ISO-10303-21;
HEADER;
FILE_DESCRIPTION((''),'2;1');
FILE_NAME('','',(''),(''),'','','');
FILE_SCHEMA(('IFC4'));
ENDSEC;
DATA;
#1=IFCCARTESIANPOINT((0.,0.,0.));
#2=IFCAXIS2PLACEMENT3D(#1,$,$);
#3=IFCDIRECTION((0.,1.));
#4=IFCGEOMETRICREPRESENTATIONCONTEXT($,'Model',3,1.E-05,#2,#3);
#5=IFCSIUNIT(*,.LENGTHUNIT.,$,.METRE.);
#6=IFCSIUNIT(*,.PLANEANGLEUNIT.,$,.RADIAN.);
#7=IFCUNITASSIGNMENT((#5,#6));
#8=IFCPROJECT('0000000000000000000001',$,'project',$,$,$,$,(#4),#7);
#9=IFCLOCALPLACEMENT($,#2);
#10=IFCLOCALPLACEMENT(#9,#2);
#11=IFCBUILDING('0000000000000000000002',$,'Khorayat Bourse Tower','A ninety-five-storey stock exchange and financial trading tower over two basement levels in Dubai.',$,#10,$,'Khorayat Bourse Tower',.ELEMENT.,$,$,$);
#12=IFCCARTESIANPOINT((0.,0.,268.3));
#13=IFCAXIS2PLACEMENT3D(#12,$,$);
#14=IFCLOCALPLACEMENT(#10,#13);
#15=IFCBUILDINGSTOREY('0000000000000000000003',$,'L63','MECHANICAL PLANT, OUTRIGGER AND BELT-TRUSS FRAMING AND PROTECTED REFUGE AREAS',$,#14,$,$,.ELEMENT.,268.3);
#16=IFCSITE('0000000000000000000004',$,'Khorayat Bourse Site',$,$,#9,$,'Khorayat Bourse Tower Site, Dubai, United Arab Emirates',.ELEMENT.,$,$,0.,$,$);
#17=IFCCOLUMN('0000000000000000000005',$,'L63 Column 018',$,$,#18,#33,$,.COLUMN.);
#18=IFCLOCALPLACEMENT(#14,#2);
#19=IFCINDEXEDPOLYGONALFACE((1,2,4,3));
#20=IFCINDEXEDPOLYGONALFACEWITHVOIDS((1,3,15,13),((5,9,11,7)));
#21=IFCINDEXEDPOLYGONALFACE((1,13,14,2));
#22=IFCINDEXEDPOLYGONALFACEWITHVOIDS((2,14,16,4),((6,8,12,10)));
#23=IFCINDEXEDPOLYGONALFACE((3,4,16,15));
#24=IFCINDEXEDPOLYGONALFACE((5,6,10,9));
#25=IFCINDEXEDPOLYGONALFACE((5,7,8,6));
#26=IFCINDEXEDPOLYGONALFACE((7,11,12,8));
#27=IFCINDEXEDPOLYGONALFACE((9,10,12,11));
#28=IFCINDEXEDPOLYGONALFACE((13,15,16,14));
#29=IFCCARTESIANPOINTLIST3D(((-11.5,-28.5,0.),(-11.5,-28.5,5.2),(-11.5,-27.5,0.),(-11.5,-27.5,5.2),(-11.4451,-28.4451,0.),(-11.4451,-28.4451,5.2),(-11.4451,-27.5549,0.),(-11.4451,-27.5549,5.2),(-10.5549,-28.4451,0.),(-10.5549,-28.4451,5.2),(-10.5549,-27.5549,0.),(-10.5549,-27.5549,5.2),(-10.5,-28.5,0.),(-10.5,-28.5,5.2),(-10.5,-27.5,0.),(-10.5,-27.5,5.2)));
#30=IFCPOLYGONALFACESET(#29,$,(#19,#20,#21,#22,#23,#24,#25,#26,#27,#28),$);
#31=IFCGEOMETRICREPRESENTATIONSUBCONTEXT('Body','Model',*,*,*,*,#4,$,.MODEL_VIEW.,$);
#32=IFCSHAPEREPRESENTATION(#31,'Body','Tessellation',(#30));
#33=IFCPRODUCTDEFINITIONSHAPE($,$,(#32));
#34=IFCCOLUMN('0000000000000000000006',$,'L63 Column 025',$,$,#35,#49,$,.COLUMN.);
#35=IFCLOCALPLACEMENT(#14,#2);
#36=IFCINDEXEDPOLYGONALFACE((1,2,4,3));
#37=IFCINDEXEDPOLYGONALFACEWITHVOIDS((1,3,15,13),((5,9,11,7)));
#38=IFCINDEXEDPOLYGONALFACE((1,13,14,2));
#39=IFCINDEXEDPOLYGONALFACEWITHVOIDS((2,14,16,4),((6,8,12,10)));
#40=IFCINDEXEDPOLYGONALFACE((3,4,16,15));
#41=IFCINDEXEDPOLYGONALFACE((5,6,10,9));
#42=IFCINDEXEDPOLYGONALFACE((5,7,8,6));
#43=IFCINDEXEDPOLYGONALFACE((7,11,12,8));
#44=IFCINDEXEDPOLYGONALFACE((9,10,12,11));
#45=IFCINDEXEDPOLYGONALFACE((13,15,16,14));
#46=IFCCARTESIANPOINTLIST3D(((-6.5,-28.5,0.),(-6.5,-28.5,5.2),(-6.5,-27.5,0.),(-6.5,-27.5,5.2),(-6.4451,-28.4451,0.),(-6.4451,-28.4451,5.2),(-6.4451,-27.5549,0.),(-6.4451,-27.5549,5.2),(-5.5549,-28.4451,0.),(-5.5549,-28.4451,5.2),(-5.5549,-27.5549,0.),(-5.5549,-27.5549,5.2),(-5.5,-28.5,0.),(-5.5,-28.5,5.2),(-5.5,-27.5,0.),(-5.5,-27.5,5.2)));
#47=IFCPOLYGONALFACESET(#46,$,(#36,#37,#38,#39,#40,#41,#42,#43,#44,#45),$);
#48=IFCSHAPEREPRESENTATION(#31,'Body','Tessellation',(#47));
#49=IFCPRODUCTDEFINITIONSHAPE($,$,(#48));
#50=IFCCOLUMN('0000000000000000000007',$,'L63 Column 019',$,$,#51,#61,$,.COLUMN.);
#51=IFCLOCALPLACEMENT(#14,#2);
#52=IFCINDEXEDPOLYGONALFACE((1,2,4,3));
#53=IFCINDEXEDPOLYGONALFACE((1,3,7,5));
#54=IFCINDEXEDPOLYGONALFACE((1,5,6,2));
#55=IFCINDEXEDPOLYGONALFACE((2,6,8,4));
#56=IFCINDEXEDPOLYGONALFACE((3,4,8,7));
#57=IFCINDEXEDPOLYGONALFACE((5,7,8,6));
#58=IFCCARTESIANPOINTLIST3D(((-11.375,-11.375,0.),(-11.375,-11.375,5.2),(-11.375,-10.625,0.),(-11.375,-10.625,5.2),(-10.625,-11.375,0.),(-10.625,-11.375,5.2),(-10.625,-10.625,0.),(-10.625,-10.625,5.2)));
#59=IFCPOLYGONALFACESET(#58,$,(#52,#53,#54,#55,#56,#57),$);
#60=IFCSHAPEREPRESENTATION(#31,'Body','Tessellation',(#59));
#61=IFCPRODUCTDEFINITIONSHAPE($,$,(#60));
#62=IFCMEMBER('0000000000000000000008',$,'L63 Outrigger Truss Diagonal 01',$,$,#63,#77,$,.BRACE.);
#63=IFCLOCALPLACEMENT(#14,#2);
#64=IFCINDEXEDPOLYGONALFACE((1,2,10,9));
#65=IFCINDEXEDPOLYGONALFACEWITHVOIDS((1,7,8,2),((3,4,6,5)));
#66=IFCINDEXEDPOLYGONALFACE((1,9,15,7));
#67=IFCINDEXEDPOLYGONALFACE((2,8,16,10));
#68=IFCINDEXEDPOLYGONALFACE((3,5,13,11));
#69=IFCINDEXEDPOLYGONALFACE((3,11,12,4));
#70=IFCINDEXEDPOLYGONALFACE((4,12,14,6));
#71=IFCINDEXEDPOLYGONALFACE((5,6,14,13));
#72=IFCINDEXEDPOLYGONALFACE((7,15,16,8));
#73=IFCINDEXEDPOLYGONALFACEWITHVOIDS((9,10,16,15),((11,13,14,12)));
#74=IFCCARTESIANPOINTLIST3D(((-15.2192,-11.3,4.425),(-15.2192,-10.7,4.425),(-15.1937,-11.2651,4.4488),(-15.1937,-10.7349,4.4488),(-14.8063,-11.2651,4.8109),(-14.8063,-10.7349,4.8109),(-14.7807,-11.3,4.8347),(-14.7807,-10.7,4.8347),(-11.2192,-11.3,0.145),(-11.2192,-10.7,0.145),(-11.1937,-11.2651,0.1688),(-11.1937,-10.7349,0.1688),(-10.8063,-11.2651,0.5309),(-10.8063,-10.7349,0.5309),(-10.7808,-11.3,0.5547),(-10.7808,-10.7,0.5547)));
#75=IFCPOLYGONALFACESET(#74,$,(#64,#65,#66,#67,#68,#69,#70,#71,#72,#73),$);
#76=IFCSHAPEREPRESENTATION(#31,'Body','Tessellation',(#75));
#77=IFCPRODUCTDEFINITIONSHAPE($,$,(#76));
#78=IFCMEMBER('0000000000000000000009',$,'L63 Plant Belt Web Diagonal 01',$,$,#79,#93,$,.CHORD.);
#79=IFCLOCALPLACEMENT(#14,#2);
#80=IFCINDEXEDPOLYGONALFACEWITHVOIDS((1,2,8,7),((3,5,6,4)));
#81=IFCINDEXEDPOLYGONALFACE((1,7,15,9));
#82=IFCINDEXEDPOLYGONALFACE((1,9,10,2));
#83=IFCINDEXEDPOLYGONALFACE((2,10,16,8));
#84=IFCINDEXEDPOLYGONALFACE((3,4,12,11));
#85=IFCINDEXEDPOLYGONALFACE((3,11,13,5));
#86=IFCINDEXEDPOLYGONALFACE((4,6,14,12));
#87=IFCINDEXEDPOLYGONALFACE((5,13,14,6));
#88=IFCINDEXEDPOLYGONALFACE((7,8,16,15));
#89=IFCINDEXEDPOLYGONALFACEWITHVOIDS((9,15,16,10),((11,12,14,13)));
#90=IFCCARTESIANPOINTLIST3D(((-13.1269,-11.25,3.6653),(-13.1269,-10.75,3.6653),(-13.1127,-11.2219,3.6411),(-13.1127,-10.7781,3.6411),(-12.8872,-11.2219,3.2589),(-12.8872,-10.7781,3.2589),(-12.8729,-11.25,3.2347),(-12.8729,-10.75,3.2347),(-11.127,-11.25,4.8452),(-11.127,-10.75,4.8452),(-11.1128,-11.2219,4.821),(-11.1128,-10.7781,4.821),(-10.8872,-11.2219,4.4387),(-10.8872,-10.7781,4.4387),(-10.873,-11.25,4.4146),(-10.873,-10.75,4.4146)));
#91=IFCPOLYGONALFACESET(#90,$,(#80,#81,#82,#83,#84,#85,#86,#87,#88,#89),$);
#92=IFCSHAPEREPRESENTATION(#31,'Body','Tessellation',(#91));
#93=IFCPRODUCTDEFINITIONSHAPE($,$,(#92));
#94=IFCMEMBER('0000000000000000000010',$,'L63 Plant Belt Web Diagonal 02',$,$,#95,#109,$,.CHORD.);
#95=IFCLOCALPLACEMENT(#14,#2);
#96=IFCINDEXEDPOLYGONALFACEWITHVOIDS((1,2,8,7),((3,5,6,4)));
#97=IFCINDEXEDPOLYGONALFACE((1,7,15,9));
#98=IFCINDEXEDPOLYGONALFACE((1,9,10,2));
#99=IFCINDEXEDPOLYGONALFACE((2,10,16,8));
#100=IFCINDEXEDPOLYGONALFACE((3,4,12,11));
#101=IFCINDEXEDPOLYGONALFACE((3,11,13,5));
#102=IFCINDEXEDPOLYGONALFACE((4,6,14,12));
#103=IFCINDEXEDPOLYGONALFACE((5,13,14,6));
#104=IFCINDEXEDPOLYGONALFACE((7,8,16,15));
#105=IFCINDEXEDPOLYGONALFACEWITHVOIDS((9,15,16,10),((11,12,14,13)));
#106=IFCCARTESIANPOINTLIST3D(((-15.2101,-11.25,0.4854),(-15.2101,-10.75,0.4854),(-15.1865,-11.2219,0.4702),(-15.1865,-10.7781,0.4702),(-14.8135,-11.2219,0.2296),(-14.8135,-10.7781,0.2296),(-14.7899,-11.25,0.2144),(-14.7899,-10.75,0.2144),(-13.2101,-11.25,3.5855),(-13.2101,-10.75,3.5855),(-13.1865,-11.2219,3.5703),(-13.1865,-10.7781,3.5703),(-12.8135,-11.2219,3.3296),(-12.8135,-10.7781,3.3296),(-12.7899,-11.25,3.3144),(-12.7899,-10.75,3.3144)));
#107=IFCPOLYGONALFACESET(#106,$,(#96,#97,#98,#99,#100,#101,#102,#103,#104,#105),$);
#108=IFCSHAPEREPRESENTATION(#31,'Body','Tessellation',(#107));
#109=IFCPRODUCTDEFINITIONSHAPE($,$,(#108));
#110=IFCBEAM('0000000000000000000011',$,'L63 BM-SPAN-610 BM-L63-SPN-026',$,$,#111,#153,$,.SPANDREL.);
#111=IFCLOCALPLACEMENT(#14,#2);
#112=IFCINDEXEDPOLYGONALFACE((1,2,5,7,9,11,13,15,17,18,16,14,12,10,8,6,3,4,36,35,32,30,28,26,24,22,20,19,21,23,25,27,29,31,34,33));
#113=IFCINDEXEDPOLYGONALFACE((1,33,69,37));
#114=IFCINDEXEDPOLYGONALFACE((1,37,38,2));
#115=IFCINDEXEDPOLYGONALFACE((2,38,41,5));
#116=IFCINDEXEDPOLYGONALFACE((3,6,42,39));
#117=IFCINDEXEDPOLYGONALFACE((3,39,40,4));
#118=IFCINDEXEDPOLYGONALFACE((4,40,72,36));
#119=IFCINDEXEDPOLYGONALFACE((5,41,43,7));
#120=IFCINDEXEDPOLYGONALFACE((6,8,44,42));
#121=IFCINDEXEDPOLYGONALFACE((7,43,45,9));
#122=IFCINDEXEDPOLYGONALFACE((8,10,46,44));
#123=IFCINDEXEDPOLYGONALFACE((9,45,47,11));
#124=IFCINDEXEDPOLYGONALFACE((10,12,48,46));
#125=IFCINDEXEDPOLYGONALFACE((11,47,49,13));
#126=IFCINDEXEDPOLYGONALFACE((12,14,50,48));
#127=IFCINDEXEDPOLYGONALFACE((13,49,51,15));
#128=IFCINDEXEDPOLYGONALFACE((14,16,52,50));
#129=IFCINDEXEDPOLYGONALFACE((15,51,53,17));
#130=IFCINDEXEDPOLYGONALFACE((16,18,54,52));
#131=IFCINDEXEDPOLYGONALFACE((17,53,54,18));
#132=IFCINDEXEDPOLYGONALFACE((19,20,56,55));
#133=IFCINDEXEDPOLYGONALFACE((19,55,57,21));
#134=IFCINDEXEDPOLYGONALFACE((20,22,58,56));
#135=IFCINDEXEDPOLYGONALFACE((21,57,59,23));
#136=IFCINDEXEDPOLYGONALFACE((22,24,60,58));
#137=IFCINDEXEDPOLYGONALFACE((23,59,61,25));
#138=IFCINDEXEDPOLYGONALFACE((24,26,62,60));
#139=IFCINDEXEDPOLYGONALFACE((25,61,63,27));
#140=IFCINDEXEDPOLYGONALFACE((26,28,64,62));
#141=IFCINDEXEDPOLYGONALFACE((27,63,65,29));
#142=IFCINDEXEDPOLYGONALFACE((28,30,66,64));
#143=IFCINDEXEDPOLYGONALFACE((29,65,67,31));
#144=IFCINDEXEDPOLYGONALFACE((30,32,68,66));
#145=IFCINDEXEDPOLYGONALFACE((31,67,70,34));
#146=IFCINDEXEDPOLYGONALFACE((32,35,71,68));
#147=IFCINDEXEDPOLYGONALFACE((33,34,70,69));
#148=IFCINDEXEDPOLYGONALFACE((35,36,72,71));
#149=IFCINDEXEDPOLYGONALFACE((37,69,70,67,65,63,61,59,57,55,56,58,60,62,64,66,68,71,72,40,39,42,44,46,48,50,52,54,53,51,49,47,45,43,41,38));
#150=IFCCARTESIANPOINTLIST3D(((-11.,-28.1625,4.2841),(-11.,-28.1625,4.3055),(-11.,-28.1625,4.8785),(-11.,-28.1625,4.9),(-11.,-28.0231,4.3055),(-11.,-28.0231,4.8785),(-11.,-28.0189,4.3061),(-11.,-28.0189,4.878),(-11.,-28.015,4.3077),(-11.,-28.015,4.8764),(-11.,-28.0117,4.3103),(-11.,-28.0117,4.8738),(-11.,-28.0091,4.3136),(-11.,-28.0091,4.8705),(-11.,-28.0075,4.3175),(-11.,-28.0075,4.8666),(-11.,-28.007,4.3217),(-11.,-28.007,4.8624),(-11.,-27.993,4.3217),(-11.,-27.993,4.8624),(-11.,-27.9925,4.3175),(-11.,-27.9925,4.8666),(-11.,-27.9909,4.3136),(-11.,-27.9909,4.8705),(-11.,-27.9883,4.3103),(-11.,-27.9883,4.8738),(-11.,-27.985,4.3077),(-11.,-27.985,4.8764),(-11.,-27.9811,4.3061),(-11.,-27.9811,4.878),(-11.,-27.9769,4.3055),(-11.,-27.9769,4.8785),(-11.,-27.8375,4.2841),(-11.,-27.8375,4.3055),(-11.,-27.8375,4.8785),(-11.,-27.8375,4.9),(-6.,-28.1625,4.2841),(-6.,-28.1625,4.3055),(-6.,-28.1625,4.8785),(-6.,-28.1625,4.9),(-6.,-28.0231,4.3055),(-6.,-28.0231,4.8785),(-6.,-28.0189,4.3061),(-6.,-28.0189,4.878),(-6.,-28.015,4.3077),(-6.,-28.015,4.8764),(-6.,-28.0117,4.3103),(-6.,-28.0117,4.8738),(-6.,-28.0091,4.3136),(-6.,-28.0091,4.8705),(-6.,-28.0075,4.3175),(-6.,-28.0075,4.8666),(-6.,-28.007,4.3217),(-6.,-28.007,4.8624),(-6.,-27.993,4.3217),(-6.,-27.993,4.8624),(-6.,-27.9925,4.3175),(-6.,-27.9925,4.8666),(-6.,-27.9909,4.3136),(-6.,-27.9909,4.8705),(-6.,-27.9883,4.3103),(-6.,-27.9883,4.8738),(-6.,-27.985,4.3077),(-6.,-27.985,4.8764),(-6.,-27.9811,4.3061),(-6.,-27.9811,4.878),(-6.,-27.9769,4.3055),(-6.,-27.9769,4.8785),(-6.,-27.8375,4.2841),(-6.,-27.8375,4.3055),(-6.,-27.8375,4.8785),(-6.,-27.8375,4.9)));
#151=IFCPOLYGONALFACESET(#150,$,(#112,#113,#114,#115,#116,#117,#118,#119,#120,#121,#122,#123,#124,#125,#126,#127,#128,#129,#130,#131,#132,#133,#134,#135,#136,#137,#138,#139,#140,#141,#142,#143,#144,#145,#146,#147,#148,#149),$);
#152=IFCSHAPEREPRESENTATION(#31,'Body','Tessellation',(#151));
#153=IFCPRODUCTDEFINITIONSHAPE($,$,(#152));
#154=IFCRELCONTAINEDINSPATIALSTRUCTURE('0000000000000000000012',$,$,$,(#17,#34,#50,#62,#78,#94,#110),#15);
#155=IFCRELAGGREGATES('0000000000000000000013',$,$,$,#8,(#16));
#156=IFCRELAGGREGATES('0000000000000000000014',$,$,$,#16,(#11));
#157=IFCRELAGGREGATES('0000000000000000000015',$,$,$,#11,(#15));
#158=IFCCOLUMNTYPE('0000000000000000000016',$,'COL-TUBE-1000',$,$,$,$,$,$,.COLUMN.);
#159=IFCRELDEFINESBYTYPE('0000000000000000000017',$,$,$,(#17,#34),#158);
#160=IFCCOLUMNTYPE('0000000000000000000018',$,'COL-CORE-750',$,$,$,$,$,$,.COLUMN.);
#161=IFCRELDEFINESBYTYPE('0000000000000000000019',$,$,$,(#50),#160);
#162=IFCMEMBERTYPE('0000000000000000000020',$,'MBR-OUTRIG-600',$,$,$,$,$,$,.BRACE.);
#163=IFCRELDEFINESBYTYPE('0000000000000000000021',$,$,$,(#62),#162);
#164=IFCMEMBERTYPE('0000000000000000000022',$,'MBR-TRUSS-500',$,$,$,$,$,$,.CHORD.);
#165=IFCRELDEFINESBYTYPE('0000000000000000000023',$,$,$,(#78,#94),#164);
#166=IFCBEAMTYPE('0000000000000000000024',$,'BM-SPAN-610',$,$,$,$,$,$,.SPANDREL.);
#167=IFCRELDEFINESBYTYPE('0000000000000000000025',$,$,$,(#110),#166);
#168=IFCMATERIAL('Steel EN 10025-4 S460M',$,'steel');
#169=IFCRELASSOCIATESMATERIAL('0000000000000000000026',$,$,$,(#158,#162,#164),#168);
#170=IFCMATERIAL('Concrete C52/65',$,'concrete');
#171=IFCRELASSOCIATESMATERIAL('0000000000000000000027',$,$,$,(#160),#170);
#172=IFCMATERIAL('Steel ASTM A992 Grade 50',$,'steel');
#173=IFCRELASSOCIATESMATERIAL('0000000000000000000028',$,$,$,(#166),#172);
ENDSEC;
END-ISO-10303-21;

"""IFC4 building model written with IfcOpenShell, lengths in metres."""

from ifc_helpers import new_model, si_unit, direction, frame, origin, origin_2d, place, context, subcontext, project, spatial, rectangle, hollow_rectangle, i_section, extrude, source, transform, mapped, material, material_profile, profile_set, type_object, element, save


model = new_model("IFC4")

# Units and contexts
model_context = context("Model", 3, precision=1e-05, world=origin(), true_north=direction((0.0, 1.0)))
body_context = subcontext(model_context, "Body", "Model", "MODEL_VIEW")
ifc_project = project(units=[si_unit("LENGTHUNIT", "METRE"), si_unit("PLANEANGLEUNIT", "RADIAN")], contexts=[model_context])

# Site, building, storey
site_placement = place(None, origin())
site = spatial("IfcSite", under=ifc_project, at=site_placement, Name="Khorayat Bourse Site", LongName="Khorayat Bourse Tower Site, Dubai, United Arab Emirates", CompositionType="ELEMENT", RefElevation=0.0)
building_placement = place(site_placement, origin())
building = spatial("IfcBuilding", under=site, at=building_placement, Name="Khorayat Bourse Tower", Description="A ninety-five-storey stock exchange and financial trading tower over two basement levels in Dubai.", LongName="Khorayat Bourse Tower", CompositionType="ELEMENT")
storey_placement = place(building_placement, frame((0.0, 0.0, 268.3)))
storey = spatial("IfcBuildingStorey", under=building, at=storey_placement, Name="L63", Description="MECHANICAL PLANT, OUTRIGGER AND BELT-TRUSS FRAMING AND PROTECTED REFUGE AREAS", CompositionType="ELEMENT", Elevation=268.3)

# Columns
ifc_material_1 = material(Name="Steel EN 10025-4 S460M", Category="steel")
ifc_material_profile_1 = material_profile(ifc_material_1, hollow_rectangle(XDim=1.0, YDim=1.0, WallThickness=0.0549, at=origin_2d()), Name="BOX 1000x1000x55")
ifc_profile_set_1 = profile_set([ifc_material_profile_1], Name="Steel EN 10025-4 S460M")
column_type_1 = type_object("IfcColumnType", Name="COL-TUBE-1000", PredefinedType="COLUMN", material=ifc_profile_set_1)
shared_shape_1 = source(origin(), body_context, "Body", "SweptSolid", [
    extrude(hollow_rectangle(XDim=1.0, YDim=1.0, WallThickness=0.0549, at=origin_2d()), origin(), (0.0, 0.0, 1.0), 5.2),
])
for number, where, z_axis, x_axis, name in (
    (1, (-11.0, -28.0, 0.0), (0.0, 0.0, 1.0), (1.0, 0.0, 0.0), "L63 Column 018"),
    (2, (-6.0, -28.0, 0.0), (0.0, 0.0, 1.0), (1.0, 0.0, 0.0), "L63 Column 025"),
):
    element("IfcColumn", number, at=place(storey_placement, frame(where, z_axis=z_axis, x_axis=x_axis)), inside=storey, type_object=column_type_1, Name=name, PredefinedType="COLUMN", context=body_context, shape_type="MappedRepresentation", body=[
        mapped(shared_shape_1, transform((0.0, 0.0, 0.0), scale=1.0)),
    ])
ifc_material_2 = material(Name="Concrete C52/65", Category="concrete")
ifc_material_profile_2 = material_profile(ifc_material_2, rectangle(XDim=0.75, YDim=0.75, at=origin_2d()), Name="RC 750x750")
ifc_profile_set_2 = profile_set([ifc_material_profile_2], Name="Concrete C52/65")
column_type_2 = type_object("IfcColumnType", Name="COL-CORE-750", PredefinedType="COLUMN", material=ifc_profile_set_2)
shared_shape_2 = source(origin(), body_context, "Body", "SweptSolid", [
    extrude(rectangle(XDim=0.75, YDim=0.75, at=origin_2d()), origin(), (0.0, 0.0, 1.0), 5.2),
])
column_placement = place(storey_placement, frame((-11.0, -11.0, 0.0), z_axis=(0.0, 0.0, 1.0), x_axis=(1.0, 0.0, 0.0)))
element("IfcColumn", 3, at=column_placement, inside=storey, type_object=column_type_2, Name="L63 Column 019", PredefinedType="COLUMN", context=body_context, shape_type="MappedRepresentation", body=[
    mapped(shared_shape_2, transform((0.0, 0.0, 0.0), scale=1.0)),
])

# Members
ifc_material_profile_3 = material_profile(ifc_material_1, hollow_rectangle(XDim=0.6001, YDim=0.6001, WallThickness=0.0349, at=origin_2d()), Name="BOX 600x600x35")
ifc_profile_set_3 = profile_set([ifc_material_profile_3], Name="Steel EN 10025-4 S460M")
member_type_1 = type_object("IfcMemberType", Name="MBR-OUTRIG-600", PredefinedType="BRACE", material=ifc_profile_set_3)
shared_shape_3 = source(origin(), body_context, "Body", "SweptSolid", [
    extrude(hollow_rectangle(XDim=0.6001, YDim=0.6001, WallThickness=0.0349, at=origin_2d()), origin(), (0.0, 0.0, 1.0), 5.8582),
])
member_1_placement = place(storey_placement, frame((-11.0, -11.0, 0.3499), z_axis=(-0.682802, 0.0, 0.730603), x_axis=(0.0, -1.0, 0.0)))
element("IfcMember", 4, at=member_1_placement, inside=storey, type_object=member_type_1, Name="L63 Outrigger Truss Diagonal 01", PredefinedType="BRACE", context=body_context, shape_type="MappedRepresentation", body=[
    mapped(shared_shape_3, transform((0.0, 0.0, 0.0), scale=1.0)),
])
ifc_material_profile_4 = material_profile(ifc_material_1, hollow_rectangle(XDim=0.5, YDim=0.5, WallThickness=0.0281, at=origin_2d()), Name="HSS 500x500x28")
ifc_profile_set_4 = profile_set([ifc_material_profile_4], Name="Steel EN 10025-4 S460M")
member_type_2 = type_object("IfcMemberType", Name="MBR-TRUSS-500", PredefinedType="CHORD", material=ifc_profile_set_4)
shared_shape_4 = source(origin(), body_context, "Body", "SweptSolid", [
    extrude(hollow_rectangle(XDim=0.5, YDim=0.5, WallThickness=0.0281, at=origin_2d()), origin(), (0.0, 0.0, 1.0), 2.322),
])
member_2_placement = place(storey_placement, frame((-11.0, -11.0, 4.6299), z_axis=(-0.861282, 0.0, -0.508127), x_axis=(0.0, -1.0, 0.0)))
element("IfcMember", 5, at=member_2_placement, inside=storey, type_object=member_type_2, Name="L63 Plant Belt Web Diagonal 01", PredefinedType="CHORD", context=body_context, shape_type="MappedRepresentation", body=[
    mapped(shared_shape_4, transform((0.0, 0.0, 0.0), scale=1.0)),
])
shared_shape_5 = source(origin(), body_context, "Body", "SweptSolid", [
    extrude(hollow_rectangle(XDim=0.5, YDim=0.5, WallThickness=0.0281, at=origin_2d()), origin(), (0.0, 0.0, 1.0), 3.6892),
])
member_3_placement = place(storey_placement, frame((-13.0, -11.0, 3.45), z_axis=(-0.542115, 0.0, -0.840304), x_axis=(0.0, -1.0, 0.0)))
element("IfcMember", 6, at=member_3_placement, inside=storey, type_object=member_type_2, Name="L63 Plant Belt Web Diagonal 02", PredefinedType="CHORD", context=body_context, shape_type="MappedRepresentation", body=[
    mapped(shared_shape_5, transform((0.0, 0.0, 0.0), scale=1.0)),
])

# Beam
ifc_material_3 = material(Name="Steel ASTM A992 Grade 50", Category="steel")
ifc_material_profile_5 = material_profile(ifc_material_3, i_section(OverallWidth=0.325, OverallDepth=0.616, WebThickness=0.0139, FlangeThickness=0.0215, FilletRadius=0.0161, at=origin_2d()), Name="W610X174")
ifc_profile_set_5 = profile_set([ifc_material_profile_5], Name="Steel ASTM A992 Grade 50")
beam_type_1 = type_object("IfcBeamType", Name="BM-SPAN-610", PredefinedType="SPANDREL", material=ifc_profile_set_5)
shared_shape_6 = source(origin(), body_context, "Body", "SweptSolid", [
    extrude(i_section(OverallWidth=0.325, OverallDepth=0.616, WebThickness=0.0139, FlangeThickness=0.0215, FilletRadius=0.0161, at=origin_2d()), origin(), (0.0, 0.0, 1.0), 5.0),
])
beam_1_placement = place(storey_placement, frame((-11.0, -28.0, 4.592), z_axis=(1.0, 0.0, 0.0), x_axis=(0.0, 1.0, 0.0)))
element("IfcBeam", 7, at=beam_1_placement, inside=storey, type_object=beam_type_1, Name="L63 BM-SPAN-610 BM-L63-SPN-026", PredefinedType="SPANDREL", context=body_context, shape_type="MappedRepresentation", body=[
    mapped(shared_shape_6, transform((0.0, 0.0, 0.0), scale=1.0)),
])

save(model, "model.ifc")
